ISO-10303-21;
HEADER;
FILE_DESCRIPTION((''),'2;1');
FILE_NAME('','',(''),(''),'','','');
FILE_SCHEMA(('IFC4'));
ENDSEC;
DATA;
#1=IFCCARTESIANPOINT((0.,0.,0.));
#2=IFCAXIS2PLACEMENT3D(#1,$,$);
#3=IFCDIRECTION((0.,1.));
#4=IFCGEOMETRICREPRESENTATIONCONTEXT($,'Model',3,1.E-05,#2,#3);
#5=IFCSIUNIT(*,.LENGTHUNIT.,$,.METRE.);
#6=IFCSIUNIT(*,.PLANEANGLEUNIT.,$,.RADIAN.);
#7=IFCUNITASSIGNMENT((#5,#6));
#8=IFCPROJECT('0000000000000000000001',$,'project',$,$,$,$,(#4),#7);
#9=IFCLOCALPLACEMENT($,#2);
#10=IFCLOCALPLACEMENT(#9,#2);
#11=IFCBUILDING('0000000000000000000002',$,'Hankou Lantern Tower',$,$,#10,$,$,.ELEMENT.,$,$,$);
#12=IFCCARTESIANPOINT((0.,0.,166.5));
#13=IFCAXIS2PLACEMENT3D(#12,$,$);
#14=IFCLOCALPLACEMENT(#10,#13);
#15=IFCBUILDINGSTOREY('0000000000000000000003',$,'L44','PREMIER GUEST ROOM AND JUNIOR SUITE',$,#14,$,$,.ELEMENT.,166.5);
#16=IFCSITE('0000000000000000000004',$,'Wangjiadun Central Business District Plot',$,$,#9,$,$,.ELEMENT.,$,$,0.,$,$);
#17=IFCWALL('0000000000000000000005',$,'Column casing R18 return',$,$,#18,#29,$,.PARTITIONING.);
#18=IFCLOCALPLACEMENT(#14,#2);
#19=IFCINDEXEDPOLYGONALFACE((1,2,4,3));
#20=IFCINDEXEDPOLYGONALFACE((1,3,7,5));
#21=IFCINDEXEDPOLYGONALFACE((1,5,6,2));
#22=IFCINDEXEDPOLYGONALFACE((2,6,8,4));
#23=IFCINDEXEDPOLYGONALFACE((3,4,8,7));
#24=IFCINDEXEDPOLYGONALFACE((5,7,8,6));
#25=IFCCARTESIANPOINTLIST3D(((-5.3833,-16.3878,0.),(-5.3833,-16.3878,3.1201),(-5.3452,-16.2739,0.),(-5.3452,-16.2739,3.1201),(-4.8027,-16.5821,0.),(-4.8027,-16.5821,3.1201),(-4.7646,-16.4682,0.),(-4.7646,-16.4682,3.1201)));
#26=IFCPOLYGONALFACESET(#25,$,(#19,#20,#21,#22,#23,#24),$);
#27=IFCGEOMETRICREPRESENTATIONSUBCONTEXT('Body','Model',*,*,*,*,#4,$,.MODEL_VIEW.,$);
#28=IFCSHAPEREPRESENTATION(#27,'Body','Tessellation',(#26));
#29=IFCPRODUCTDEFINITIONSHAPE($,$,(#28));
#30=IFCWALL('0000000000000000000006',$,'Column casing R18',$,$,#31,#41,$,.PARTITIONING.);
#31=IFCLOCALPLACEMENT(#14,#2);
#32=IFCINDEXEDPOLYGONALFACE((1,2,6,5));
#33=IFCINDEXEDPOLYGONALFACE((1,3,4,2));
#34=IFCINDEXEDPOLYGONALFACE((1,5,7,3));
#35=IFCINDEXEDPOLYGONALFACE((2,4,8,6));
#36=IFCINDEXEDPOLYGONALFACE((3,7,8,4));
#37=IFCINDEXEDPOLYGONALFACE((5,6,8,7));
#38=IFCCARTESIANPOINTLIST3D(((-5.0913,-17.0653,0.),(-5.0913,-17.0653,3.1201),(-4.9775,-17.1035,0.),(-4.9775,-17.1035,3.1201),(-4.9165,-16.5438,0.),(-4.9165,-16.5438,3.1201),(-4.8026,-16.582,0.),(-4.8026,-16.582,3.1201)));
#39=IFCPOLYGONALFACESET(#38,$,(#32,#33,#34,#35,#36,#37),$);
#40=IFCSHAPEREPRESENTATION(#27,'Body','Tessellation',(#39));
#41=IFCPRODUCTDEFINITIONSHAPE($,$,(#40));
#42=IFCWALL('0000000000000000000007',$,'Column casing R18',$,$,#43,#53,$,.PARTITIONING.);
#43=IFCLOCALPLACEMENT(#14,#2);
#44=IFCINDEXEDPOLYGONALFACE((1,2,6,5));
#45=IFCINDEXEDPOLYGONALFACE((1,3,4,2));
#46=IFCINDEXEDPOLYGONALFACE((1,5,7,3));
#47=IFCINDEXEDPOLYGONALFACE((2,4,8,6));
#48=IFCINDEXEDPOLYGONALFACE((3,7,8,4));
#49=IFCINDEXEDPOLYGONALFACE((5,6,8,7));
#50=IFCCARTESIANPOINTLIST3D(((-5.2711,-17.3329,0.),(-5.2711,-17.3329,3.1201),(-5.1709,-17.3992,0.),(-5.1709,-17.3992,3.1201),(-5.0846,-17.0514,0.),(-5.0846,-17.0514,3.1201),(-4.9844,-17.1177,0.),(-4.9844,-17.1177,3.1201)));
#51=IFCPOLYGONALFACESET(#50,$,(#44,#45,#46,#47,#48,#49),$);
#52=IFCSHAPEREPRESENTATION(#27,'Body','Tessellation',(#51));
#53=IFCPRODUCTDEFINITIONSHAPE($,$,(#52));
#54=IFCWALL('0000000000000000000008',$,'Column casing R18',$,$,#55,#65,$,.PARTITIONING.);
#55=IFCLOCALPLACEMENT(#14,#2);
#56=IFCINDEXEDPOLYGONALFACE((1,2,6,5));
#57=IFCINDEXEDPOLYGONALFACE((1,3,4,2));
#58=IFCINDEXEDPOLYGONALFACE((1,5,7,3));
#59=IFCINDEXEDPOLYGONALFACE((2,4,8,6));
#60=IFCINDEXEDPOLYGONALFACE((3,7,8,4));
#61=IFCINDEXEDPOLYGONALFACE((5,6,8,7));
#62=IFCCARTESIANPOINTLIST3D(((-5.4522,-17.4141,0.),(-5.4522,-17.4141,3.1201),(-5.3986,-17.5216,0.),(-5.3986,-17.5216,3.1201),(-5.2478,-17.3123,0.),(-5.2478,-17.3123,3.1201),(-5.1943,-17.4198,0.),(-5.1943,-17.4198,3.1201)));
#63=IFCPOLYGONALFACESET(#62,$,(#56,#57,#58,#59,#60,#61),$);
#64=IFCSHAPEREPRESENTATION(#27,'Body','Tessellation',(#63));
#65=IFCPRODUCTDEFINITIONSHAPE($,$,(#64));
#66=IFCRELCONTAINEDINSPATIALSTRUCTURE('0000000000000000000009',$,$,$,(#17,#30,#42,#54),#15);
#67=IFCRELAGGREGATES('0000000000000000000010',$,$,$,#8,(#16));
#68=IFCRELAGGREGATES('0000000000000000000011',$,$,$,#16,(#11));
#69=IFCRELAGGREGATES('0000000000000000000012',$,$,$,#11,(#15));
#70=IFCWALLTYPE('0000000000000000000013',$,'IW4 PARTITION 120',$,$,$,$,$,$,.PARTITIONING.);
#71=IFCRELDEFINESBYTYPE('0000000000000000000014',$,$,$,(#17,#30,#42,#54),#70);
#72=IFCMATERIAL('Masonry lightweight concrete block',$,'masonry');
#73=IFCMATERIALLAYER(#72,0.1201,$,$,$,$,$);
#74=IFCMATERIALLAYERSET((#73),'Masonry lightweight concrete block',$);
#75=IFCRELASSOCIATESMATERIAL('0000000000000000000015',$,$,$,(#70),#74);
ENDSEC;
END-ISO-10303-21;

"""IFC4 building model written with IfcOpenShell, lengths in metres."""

from ifc_helpers import new_model, si_unit, direction, frame, frame_2d, origin, place, context, subcontext, project, spatial, rectangle, extrude, material, layer, layer_set, type_object, element, save


model = new_model("IFC4")

# Units and contexts
model_context = context("Model", 3, precision=1e-05, world=origin(), true_north=direction((0.0, 1.0)))
body_context = subcontext(model_context, "Body", "Model", "MODEL_VIEW")
ifc_project = project(units=[si_unit("LENGTHUNIT", "METRE"), si_unit("PLANEANGLEUNIT", "RADIAN")], contexts=[model_context])

# Site, building, storey
site_placement = place(None, origin())
site = spatial("IfcSite", under=ifc_project, at=site_placement, Name="Wangjiadun Central Business District Plot", CompositionType="ELEMENT", RefElevation=0.0)
building_placement = place(site_placement, origin())
building = spatial("IfcBuilding", under=site, at=building_placement, Name="Hankou Lantern Tower", CompositionType="ELEMENT")
storey_placement = place(building_placement, frame((0.0, 0.0, 166.5)))
storey = spatial("IfcBuildingStorey", under=building, at=storey_placement, Name="L44", Description="PREMIER GUEST ROOM AND JUNIOR SUITE", CompositionType="ELEMENT", Elevation=166.5)

# Walls
ifc_material_1 = material(Name="Masonry lightweight concrete block", Category="masonry")
ifc_layer_1 = layer(ifc_material_1, 0.1201)
ifc_layer_set_1 = layer_set([ifc_layer_1], Name="Masonry lightweight concrete block")
wall_type_1 = type_object("IfcWallType", Name="IW4 PARTITION 120", PredefinedType="PARTITIONING", material=ifc_layer_set_1)
wall_1_placement = place(storey_placement, frame((-5.3643, -16.3308, 0.0), z_axis=(0.0, 0.0, 1.0), x_axis=(0.948284, -0.317424, 0.0)))
element("IfcWall", 1, at=wall_1_placement, inside=storey, type_object=wall_type_1, Name="Column casing R18 return", PredefinedType="PARTITIONING", context=body_context, shape_type="SweptSolid", body=[
    extrude(rectangle(XDim=0.6123, YDim=0.1201, at=frame_2d((0.3062, 0.0))), origin(), (0.0, 0.0, 1.0), 3.1201),
])
wall_2_placement = place(storey_placement, frame((-4.8596, -16.563, 0.0), z_axis=(0.0, 0.0, 1.0), x_axis=(-0.317825, -0.948149, 0.0)))
element("IfcWall", 2, at=wall_2_placement, inside=storey, type_object=wall_type_1, Name="Column casing R18", PredefinedType="PARTITIONING", context=body_context, shape_type="SweptSolid", body=[
    extrude(rectangle(XDim=0.55, YDim=0.1201, at=frame_2d((0.2749, 0.0))), origin(), (0.0, 0.0, 1.0), 3.1201),
])
wall_3_placement = place(storey_placement, frame((-5.0344, -17.0845, 0.0), z_axis=(0.0, 0.0, 1.0), x_axis=(-0.552362, -0.833604, 0.0)))
element("IfcWall", 3, at=wall_3_placement, inside=storey, type_object=wall_type_1, Name="Column casing R18", PredefinedType="PARTITIONING", context=body_context, shape_type="SweptSolid", body=[
    extrude(rectangle(XDim=0.3376, YDim=0.1201, at=frame_2d((0.1689, 0.0))), origin(), (0.0, 0.0, 1.0), 3.1201),
])
wall_4_placement = place(storey_placement, frame((-5.2209, -17.366, 0.0), z_axis=(0.0, 0.0, 1.0), x_axis=(-0.895068, -0.44593, 0.0)))
element("IfcWall", 4, at=wall_4_placement, inside=storey, type_object=wall_type_1, Name="Column casing R18", PredefinedType="PARTITIONING", context=body_context, shape_type="SweptSolid", body=[
    extrude(rectangle(XDim=0.2283, YDim=0.1201, at=frame_2d((0.1143, 0.0))), origin(), (0.0, 0.0, 1.0), 3.1201),
])

save(model, "model.ifc")
